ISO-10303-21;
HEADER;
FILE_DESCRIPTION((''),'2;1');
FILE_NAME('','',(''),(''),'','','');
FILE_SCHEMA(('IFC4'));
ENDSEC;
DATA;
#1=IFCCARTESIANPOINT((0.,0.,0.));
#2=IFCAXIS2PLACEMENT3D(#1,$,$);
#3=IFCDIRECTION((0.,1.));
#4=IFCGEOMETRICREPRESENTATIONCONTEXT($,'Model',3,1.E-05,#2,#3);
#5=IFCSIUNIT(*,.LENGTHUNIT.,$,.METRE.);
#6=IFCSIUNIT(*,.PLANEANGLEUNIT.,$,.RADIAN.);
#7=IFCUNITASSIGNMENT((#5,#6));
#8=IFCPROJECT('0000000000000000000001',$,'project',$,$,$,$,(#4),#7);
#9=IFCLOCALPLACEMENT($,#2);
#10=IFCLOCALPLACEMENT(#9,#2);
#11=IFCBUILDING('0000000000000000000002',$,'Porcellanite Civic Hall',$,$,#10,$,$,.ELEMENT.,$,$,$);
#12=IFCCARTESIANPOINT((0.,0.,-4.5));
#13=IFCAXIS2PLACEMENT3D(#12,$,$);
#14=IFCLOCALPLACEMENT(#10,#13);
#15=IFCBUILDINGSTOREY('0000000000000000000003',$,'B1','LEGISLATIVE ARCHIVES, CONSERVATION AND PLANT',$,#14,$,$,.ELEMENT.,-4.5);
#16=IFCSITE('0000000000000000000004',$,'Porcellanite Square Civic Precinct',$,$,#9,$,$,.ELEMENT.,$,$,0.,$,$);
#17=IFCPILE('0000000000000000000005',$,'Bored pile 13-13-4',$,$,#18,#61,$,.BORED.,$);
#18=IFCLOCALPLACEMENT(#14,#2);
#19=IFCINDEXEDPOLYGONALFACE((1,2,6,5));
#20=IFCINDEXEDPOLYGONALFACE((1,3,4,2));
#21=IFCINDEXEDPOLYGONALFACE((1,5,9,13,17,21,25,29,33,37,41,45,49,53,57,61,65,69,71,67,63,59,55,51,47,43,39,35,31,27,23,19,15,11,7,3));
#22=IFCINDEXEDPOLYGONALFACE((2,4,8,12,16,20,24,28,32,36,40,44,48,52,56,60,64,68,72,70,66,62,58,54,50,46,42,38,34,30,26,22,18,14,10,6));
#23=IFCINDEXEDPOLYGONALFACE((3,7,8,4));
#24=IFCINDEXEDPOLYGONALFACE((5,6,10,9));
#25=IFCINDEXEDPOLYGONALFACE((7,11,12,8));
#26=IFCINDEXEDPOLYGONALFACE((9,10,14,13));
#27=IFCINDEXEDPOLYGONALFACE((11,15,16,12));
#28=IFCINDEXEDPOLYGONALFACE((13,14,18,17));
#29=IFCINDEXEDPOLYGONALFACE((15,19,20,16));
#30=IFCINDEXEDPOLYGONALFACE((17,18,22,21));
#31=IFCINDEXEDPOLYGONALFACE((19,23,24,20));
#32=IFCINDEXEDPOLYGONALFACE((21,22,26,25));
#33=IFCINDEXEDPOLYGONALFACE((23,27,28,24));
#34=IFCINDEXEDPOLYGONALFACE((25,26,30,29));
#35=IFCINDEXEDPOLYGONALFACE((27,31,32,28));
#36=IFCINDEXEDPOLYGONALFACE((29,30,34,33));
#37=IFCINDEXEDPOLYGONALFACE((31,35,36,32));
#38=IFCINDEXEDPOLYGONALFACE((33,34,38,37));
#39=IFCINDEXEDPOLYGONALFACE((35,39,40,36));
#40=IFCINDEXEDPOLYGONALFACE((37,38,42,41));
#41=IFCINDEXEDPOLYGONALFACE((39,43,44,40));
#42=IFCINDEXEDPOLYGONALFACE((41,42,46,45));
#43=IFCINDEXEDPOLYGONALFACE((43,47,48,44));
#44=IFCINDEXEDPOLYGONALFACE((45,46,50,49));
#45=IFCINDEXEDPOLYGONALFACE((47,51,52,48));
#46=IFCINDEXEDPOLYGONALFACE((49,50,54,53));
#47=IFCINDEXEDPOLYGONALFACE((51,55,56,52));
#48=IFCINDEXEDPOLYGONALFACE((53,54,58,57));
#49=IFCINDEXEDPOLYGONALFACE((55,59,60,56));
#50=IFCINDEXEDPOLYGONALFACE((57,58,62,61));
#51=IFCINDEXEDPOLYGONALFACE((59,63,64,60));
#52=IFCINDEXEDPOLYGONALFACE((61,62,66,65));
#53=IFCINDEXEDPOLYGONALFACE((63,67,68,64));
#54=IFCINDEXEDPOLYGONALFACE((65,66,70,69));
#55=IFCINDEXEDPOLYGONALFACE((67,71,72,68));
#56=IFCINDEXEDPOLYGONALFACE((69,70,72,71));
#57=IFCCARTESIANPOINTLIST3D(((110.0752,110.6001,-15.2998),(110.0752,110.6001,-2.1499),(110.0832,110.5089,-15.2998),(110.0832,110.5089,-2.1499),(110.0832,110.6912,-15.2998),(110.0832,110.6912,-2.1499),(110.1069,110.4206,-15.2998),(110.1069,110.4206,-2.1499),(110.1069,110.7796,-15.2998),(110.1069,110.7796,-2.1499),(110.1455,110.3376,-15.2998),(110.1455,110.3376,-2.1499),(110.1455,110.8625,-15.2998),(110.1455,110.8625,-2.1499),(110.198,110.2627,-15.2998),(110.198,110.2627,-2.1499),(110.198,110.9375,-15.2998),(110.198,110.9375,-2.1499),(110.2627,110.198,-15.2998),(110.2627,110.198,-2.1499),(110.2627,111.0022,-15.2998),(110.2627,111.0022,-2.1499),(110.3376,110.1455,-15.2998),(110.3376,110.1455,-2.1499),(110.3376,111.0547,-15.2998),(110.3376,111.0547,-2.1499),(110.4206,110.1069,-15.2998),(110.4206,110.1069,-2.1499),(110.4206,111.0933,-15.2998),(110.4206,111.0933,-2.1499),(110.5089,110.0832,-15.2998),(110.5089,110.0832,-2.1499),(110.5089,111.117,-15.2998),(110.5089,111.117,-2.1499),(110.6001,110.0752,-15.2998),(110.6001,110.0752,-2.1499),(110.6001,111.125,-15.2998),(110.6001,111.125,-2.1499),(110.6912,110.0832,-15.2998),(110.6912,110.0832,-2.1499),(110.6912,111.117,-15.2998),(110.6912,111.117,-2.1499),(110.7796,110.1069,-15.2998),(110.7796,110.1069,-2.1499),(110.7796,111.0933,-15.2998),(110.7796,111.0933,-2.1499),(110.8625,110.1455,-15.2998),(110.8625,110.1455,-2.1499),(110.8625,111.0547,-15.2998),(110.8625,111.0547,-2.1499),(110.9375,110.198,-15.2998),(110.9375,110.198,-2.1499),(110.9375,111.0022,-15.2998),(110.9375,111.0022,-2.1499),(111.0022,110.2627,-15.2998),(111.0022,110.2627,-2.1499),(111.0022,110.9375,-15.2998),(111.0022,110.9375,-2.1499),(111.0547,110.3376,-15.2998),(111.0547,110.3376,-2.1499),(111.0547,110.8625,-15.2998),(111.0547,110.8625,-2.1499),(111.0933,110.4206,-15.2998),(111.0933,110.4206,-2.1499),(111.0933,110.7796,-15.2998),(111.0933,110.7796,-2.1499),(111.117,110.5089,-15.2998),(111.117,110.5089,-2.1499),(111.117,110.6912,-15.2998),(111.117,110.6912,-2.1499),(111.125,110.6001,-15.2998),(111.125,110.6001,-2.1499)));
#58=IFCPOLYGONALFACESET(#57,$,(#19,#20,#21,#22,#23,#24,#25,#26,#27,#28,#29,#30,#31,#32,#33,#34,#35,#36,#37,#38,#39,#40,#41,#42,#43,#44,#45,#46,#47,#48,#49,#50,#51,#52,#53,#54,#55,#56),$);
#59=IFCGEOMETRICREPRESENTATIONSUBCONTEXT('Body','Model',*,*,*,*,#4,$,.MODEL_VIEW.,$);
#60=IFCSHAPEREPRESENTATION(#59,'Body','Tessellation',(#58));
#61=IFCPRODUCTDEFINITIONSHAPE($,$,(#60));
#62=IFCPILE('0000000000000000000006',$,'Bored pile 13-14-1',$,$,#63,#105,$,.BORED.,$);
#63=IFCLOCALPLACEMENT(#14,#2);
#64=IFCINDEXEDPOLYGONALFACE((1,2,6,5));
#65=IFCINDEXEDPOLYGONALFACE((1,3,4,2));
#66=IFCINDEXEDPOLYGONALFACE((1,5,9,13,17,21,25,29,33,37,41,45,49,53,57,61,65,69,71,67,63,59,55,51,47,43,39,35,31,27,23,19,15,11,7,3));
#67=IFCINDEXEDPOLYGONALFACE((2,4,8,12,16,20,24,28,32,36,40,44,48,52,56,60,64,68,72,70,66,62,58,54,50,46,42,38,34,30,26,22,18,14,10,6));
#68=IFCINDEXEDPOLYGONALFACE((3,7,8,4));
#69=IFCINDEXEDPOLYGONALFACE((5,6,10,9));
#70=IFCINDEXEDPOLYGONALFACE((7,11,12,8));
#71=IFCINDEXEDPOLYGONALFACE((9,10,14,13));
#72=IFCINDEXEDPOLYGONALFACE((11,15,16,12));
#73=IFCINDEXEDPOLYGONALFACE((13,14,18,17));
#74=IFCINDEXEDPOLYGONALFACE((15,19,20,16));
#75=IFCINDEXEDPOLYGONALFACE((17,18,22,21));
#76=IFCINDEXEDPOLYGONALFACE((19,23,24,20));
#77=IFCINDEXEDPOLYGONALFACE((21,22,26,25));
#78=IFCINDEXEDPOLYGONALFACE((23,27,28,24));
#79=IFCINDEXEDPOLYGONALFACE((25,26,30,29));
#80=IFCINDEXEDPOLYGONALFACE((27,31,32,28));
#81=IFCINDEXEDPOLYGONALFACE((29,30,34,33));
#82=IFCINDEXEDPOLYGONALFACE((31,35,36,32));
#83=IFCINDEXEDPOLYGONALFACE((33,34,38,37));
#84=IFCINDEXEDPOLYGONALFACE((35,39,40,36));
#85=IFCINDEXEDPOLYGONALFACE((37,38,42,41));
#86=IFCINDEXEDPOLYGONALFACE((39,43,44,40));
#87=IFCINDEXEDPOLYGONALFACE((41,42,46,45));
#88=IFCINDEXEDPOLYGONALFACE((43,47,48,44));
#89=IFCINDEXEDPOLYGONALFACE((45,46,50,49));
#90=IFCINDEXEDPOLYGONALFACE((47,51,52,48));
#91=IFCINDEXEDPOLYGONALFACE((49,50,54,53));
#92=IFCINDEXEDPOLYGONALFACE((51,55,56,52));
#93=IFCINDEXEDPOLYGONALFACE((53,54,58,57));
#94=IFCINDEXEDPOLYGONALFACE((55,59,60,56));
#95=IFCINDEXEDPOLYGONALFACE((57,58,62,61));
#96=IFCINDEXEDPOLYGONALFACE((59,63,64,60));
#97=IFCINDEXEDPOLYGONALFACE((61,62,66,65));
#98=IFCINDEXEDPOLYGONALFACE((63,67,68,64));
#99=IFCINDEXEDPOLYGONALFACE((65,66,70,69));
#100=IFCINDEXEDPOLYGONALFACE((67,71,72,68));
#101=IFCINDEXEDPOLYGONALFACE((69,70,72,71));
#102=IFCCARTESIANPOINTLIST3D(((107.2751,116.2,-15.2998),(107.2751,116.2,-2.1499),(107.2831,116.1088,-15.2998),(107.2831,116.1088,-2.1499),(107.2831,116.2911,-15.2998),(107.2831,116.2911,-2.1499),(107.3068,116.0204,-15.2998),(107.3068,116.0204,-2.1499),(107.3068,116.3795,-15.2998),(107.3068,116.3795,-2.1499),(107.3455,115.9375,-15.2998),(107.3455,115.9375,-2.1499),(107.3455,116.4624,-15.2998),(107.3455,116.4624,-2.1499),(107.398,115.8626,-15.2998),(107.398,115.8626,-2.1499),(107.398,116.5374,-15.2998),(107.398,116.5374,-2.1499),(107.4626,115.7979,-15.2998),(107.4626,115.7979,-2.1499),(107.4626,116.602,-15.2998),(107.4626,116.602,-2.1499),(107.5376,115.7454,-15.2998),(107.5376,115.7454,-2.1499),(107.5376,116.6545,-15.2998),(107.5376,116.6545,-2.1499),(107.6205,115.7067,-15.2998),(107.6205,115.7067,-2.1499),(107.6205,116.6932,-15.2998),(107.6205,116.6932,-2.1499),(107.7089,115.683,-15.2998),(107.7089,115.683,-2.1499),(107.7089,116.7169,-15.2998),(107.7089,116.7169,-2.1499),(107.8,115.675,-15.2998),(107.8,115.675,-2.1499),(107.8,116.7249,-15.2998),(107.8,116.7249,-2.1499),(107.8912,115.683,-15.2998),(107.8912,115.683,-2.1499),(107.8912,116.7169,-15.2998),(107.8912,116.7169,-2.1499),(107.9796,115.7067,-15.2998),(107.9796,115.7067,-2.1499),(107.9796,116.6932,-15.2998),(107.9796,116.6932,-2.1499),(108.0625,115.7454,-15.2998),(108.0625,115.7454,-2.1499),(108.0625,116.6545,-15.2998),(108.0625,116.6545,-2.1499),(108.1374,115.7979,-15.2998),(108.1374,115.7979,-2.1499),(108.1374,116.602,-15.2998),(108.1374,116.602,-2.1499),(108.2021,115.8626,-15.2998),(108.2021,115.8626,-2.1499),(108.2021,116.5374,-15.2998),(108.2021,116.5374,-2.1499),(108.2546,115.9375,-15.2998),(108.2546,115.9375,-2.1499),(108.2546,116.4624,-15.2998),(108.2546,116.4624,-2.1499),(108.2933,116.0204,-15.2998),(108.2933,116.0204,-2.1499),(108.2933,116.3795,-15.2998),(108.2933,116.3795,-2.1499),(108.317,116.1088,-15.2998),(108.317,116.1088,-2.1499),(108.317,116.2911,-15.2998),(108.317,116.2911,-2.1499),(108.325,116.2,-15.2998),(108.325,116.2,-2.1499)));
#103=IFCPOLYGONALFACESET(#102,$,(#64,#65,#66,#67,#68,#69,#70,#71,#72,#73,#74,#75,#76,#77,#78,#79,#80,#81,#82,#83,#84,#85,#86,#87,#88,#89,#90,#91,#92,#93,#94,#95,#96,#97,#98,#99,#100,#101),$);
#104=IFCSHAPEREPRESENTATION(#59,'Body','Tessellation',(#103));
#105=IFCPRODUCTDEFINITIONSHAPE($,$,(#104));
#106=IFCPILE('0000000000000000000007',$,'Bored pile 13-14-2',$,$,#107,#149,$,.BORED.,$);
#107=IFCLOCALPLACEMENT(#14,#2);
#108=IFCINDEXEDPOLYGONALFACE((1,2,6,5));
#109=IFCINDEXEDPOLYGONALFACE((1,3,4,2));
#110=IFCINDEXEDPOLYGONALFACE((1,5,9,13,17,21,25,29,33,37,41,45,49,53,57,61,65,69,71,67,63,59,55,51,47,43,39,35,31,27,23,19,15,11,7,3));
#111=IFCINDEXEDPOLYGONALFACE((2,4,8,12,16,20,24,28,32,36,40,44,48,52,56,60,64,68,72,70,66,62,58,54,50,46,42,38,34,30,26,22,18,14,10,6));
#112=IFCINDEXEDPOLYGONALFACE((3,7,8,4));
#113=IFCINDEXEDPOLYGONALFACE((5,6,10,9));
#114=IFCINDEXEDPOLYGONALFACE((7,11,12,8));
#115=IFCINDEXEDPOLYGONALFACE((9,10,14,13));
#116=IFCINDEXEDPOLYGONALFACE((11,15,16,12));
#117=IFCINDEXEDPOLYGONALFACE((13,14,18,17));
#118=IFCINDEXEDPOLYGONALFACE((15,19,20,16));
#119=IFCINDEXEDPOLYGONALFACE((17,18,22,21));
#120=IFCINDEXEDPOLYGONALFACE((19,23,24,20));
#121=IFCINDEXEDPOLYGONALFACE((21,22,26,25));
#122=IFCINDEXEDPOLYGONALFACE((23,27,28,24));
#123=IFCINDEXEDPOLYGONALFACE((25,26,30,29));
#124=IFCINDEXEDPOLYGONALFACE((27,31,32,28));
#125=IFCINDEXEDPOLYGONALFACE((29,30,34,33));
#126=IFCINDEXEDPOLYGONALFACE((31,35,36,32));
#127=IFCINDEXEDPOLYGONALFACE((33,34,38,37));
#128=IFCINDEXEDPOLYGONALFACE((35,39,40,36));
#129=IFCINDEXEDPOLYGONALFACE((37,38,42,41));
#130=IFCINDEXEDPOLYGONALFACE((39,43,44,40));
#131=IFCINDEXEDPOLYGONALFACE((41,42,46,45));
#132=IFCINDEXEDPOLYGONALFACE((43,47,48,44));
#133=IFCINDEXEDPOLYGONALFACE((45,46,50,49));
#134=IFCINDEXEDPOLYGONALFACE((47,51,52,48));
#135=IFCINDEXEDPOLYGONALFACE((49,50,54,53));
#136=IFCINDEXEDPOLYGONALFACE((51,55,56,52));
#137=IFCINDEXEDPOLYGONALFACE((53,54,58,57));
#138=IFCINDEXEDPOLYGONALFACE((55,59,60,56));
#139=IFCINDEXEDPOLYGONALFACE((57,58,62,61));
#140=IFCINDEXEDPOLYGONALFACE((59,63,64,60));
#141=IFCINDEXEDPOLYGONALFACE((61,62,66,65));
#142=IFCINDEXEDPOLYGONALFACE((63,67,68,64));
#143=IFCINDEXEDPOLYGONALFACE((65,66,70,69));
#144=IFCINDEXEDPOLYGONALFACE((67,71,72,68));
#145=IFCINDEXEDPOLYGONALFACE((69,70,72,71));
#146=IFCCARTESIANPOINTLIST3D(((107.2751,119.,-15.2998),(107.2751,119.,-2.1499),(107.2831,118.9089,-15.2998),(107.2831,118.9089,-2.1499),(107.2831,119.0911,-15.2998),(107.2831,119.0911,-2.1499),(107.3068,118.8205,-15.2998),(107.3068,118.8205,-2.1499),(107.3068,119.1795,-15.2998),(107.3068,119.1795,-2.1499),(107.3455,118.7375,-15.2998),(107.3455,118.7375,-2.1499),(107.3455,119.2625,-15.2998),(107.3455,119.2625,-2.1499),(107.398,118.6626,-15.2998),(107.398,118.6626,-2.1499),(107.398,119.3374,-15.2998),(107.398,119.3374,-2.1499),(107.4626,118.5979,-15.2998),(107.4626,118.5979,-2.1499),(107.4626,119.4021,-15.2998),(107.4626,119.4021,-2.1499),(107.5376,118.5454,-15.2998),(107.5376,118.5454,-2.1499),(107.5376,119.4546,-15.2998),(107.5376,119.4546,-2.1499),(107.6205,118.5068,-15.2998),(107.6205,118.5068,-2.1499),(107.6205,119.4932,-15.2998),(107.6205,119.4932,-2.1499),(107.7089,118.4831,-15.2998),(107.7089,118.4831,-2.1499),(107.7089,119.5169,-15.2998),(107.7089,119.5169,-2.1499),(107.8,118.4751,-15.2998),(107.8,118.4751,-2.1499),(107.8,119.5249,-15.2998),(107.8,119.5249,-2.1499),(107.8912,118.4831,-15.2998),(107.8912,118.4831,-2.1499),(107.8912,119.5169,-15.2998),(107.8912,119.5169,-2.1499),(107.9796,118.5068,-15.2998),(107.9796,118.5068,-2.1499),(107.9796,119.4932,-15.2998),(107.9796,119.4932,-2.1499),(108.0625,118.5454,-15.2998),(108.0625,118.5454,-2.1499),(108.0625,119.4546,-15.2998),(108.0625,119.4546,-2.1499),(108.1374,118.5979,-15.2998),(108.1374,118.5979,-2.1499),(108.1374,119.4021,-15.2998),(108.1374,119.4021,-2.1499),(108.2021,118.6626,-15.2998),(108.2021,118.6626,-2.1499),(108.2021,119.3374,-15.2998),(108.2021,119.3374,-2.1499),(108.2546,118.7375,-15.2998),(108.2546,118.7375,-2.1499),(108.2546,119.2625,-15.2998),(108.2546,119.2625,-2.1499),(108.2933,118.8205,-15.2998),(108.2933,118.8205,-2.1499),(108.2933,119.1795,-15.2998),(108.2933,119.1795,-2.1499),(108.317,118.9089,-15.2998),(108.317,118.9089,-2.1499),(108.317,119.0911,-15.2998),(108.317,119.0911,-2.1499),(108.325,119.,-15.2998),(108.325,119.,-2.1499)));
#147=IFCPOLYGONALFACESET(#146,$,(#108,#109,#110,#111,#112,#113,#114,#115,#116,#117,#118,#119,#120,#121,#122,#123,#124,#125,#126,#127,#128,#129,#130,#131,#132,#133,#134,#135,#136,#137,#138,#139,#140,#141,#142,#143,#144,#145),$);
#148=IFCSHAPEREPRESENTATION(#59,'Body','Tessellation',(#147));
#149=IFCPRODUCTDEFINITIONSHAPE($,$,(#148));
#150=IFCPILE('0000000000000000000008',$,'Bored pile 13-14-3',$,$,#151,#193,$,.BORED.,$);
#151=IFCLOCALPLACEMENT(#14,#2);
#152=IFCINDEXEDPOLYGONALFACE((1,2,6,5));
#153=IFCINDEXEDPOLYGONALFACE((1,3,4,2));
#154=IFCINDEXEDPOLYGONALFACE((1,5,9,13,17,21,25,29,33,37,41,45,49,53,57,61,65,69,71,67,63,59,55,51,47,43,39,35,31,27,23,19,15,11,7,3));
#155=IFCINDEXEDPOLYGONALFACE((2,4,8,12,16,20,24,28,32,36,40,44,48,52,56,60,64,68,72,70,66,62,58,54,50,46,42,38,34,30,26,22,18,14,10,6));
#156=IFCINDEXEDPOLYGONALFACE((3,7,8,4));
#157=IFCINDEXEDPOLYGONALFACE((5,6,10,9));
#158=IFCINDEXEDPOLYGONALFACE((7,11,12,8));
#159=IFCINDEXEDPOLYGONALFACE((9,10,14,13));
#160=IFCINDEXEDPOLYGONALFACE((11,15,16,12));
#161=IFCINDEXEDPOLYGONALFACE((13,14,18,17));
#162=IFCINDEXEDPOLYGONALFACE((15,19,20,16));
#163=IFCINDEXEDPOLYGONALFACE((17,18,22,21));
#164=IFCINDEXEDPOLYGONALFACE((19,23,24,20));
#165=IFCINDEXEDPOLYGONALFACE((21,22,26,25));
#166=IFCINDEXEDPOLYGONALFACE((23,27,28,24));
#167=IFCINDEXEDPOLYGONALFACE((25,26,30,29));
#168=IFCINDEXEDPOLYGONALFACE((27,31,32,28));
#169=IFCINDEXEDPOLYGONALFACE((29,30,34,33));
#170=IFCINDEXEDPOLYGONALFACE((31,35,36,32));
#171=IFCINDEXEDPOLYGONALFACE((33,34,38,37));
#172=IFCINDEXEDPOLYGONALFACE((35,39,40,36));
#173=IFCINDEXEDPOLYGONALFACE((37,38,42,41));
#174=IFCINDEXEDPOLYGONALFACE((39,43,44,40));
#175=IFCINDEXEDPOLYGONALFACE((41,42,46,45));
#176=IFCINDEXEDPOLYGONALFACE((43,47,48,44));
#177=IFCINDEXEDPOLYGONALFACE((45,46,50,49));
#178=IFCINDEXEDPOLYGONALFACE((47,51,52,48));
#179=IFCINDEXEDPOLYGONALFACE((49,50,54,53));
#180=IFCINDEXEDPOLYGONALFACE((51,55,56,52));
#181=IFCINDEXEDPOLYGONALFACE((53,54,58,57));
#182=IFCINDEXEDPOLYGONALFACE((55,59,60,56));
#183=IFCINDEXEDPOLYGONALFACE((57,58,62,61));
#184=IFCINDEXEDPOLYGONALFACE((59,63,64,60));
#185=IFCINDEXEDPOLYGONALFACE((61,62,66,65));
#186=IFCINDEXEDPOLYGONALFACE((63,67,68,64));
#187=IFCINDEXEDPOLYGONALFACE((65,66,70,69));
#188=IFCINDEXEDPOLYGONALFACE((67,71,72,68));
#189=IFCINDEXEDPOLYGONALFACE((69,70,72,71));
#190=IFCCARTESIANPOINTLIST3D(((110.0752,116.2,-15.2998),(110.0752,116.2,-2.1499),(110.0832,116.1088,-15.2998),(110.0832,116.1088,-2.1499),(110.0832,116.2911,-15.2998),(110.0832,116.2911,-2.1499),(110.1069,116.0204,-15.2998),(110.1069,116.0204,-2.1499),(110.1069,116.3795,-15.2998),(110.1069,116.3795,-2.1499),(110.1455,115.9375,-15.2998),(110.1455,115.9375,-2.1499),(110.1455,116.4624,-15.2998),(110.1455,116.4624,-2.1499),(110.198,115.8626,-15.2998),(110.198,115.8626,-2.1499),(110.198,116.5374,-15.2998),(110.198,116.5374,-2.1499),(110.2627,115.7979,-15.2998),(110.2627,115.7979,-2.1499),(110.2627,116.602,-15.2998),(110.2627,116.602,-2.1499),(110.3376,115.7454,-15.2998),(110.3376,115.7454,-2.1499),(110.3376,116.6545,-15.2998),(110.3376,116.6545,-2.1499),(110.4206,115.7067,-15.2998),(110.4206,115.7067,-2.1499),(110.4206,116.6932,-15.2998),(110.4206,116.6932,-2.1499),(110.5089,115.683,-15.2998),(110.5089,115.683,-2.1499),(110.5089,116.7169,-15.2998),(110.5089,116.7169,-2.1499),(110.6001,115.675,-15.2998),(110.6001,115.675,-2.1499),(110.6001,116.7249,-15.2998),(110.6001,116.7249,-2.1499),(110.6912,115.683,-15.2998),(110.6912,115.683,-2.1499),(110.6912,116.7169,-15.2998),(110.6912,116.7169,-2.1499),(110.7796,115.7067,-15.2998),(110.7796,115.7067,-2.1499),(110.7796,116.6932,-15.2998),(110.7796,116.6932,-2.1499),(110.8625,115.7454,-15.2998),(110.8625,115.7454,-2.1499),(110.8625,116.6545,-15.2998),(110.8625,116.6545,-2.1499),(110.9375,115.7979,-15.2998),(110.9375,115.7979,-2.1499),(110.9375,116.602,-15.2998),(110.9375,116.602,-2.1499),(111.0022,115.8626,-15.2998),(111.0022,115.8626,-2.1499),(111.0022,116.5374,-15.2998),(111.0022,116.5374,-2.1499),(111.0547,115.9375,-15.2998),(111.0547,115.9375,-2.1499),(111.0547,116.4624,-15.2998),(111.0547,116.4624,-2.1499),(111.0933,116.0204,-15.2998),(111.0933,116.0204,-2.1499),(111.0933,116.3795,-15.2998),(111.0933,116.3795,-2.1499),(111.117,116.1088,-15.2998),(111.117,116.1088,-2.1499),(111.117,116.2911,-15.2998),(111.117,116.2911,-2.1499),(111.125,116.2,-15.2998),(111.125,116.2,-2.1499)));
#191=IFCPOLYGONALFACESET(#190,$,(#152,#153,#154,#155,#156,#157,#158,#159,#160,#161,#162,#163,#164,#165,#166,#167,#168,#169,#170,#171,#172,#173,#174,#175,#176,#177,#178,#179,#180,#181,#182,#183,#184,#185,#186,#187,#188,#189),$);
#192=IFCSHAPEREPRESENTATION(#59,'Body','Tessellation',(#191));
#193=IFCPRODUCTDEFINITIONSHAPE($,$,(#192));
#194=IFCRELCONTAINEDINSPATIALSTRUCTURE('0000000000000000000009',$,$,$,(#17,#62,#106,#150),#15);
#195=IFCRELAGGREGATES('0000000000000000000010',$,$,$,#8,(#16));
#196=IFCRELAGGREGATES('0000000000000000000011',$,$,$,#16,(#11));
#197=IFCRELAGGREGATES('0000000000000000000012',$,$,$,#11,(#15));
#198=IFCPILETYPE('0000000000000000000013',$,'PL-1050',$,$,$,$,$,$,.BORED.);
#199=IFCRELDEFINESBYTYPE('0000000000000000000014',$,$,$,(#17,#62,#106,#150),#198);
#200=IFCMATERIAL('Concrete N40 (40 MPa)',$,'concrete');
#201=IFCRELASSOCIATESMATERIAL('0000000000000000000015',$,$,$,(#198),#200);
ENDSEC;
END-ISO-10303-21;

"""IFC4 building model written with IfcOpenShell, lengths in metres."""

from ifc_helpers import new_model, si_unit, direction, frame, origin, origin_2d, place, context, subcontext, project, spatial, circle, extrude, material, material_profile, profile_set, type_object, element, save


model = new_model("IFC4")

# Units and contexts
model_context = context("Model", 3, precision=1e-05, world=origin(), true_north=direction((0.0, 1.0)))
body_context = subcontext(model_context, "Body", "Model", "MODEL_VIEW")
ifc_project = project(units=[si_unit("LENGTHUNIT", "METRE"), si_unit("PLANEANGLEUNIT", "RADIAN")], contexts=[model_context])

# Site, building, storey
site_placement = place(None, origin())
site = spatial("IfcSite", under=ifc_project, at=site_placement, Name="Porcellanite Square Civic Precinct", CompositionType="ELEMENT", RefElevation=0.0)
building_placement = place(site_placement, origin())
building = spatial("IfcBuilding", under=site, at=building_placement, Name="Porcellanite Civic Hall", CompositionType="ELEMENT")
storey_placement = place(building_placement, frame((0.0, 0.0, -4.5)))
storey = spatial("IfcBuildingStorey", under=building, at=storey_placement, Name="B1", Description="LEGISLATIVE ARCHIVES, CONSERVATION AND PLANT", CompositionType="ELEMENT", Elevation=-4.5)

# Piles
ifc_material_1 = material(Name="Concrete N40 (40 MPa)", Category="concrete")
ifc_material_profile_1 = material_profile(ifc_material_1, circle(Radius=0.5249, at=origin_2d()), Name="PILE-D1050")
ifc_profile_set_1 = profile_set([ifc_material_profile_1], Name="Concrete N40 (40 MPa)")
pile_type = type_object("IfcPileType", Name="PL-1050", PredefinedType="BORED", material=ifc_profile_set_1)
for number, where, z_axis, x_axis, name in (
    (1, (110.6001, 110.6001, -2.1499), (0.0, 0.0, -1.0), (1.0, 0.0, 0.0), "Bored pile 13-13-4"),
    (2, (107.8, 116.2, -2.1499), (0.0, 0.0, -1.0), (1.0, 0.0, 0.0), "Bored pile 13-14-1"),
    (3, (107.8, 119.0, -2.1499), (0.0, 0.0, -1.0), (1.0, 0.0, 0.0), "Bored pile 13-14-2"),
    (4, (110.6001, 116.2, -2.1499), (0.0, 0.0, -1.0), (1.0, 0.0, 0.0), "Bored pile 13-14-3"),
):
    element("IfcPile", number, at=place(storey_placement, frame(where, z_axis=z_axis, x_axis=x_axis)), inside=storey, type_object=pile_type, Name=name, PredefinedType="BORED", context=body_context, shape_type="SweptSolid", body=[
        extrude(circle(Radius=0.5249, at=origin_2d()), origin(), (0.0, 0.0, 1.0), 13.1499),
    ])

save(model, "model.ifc")
